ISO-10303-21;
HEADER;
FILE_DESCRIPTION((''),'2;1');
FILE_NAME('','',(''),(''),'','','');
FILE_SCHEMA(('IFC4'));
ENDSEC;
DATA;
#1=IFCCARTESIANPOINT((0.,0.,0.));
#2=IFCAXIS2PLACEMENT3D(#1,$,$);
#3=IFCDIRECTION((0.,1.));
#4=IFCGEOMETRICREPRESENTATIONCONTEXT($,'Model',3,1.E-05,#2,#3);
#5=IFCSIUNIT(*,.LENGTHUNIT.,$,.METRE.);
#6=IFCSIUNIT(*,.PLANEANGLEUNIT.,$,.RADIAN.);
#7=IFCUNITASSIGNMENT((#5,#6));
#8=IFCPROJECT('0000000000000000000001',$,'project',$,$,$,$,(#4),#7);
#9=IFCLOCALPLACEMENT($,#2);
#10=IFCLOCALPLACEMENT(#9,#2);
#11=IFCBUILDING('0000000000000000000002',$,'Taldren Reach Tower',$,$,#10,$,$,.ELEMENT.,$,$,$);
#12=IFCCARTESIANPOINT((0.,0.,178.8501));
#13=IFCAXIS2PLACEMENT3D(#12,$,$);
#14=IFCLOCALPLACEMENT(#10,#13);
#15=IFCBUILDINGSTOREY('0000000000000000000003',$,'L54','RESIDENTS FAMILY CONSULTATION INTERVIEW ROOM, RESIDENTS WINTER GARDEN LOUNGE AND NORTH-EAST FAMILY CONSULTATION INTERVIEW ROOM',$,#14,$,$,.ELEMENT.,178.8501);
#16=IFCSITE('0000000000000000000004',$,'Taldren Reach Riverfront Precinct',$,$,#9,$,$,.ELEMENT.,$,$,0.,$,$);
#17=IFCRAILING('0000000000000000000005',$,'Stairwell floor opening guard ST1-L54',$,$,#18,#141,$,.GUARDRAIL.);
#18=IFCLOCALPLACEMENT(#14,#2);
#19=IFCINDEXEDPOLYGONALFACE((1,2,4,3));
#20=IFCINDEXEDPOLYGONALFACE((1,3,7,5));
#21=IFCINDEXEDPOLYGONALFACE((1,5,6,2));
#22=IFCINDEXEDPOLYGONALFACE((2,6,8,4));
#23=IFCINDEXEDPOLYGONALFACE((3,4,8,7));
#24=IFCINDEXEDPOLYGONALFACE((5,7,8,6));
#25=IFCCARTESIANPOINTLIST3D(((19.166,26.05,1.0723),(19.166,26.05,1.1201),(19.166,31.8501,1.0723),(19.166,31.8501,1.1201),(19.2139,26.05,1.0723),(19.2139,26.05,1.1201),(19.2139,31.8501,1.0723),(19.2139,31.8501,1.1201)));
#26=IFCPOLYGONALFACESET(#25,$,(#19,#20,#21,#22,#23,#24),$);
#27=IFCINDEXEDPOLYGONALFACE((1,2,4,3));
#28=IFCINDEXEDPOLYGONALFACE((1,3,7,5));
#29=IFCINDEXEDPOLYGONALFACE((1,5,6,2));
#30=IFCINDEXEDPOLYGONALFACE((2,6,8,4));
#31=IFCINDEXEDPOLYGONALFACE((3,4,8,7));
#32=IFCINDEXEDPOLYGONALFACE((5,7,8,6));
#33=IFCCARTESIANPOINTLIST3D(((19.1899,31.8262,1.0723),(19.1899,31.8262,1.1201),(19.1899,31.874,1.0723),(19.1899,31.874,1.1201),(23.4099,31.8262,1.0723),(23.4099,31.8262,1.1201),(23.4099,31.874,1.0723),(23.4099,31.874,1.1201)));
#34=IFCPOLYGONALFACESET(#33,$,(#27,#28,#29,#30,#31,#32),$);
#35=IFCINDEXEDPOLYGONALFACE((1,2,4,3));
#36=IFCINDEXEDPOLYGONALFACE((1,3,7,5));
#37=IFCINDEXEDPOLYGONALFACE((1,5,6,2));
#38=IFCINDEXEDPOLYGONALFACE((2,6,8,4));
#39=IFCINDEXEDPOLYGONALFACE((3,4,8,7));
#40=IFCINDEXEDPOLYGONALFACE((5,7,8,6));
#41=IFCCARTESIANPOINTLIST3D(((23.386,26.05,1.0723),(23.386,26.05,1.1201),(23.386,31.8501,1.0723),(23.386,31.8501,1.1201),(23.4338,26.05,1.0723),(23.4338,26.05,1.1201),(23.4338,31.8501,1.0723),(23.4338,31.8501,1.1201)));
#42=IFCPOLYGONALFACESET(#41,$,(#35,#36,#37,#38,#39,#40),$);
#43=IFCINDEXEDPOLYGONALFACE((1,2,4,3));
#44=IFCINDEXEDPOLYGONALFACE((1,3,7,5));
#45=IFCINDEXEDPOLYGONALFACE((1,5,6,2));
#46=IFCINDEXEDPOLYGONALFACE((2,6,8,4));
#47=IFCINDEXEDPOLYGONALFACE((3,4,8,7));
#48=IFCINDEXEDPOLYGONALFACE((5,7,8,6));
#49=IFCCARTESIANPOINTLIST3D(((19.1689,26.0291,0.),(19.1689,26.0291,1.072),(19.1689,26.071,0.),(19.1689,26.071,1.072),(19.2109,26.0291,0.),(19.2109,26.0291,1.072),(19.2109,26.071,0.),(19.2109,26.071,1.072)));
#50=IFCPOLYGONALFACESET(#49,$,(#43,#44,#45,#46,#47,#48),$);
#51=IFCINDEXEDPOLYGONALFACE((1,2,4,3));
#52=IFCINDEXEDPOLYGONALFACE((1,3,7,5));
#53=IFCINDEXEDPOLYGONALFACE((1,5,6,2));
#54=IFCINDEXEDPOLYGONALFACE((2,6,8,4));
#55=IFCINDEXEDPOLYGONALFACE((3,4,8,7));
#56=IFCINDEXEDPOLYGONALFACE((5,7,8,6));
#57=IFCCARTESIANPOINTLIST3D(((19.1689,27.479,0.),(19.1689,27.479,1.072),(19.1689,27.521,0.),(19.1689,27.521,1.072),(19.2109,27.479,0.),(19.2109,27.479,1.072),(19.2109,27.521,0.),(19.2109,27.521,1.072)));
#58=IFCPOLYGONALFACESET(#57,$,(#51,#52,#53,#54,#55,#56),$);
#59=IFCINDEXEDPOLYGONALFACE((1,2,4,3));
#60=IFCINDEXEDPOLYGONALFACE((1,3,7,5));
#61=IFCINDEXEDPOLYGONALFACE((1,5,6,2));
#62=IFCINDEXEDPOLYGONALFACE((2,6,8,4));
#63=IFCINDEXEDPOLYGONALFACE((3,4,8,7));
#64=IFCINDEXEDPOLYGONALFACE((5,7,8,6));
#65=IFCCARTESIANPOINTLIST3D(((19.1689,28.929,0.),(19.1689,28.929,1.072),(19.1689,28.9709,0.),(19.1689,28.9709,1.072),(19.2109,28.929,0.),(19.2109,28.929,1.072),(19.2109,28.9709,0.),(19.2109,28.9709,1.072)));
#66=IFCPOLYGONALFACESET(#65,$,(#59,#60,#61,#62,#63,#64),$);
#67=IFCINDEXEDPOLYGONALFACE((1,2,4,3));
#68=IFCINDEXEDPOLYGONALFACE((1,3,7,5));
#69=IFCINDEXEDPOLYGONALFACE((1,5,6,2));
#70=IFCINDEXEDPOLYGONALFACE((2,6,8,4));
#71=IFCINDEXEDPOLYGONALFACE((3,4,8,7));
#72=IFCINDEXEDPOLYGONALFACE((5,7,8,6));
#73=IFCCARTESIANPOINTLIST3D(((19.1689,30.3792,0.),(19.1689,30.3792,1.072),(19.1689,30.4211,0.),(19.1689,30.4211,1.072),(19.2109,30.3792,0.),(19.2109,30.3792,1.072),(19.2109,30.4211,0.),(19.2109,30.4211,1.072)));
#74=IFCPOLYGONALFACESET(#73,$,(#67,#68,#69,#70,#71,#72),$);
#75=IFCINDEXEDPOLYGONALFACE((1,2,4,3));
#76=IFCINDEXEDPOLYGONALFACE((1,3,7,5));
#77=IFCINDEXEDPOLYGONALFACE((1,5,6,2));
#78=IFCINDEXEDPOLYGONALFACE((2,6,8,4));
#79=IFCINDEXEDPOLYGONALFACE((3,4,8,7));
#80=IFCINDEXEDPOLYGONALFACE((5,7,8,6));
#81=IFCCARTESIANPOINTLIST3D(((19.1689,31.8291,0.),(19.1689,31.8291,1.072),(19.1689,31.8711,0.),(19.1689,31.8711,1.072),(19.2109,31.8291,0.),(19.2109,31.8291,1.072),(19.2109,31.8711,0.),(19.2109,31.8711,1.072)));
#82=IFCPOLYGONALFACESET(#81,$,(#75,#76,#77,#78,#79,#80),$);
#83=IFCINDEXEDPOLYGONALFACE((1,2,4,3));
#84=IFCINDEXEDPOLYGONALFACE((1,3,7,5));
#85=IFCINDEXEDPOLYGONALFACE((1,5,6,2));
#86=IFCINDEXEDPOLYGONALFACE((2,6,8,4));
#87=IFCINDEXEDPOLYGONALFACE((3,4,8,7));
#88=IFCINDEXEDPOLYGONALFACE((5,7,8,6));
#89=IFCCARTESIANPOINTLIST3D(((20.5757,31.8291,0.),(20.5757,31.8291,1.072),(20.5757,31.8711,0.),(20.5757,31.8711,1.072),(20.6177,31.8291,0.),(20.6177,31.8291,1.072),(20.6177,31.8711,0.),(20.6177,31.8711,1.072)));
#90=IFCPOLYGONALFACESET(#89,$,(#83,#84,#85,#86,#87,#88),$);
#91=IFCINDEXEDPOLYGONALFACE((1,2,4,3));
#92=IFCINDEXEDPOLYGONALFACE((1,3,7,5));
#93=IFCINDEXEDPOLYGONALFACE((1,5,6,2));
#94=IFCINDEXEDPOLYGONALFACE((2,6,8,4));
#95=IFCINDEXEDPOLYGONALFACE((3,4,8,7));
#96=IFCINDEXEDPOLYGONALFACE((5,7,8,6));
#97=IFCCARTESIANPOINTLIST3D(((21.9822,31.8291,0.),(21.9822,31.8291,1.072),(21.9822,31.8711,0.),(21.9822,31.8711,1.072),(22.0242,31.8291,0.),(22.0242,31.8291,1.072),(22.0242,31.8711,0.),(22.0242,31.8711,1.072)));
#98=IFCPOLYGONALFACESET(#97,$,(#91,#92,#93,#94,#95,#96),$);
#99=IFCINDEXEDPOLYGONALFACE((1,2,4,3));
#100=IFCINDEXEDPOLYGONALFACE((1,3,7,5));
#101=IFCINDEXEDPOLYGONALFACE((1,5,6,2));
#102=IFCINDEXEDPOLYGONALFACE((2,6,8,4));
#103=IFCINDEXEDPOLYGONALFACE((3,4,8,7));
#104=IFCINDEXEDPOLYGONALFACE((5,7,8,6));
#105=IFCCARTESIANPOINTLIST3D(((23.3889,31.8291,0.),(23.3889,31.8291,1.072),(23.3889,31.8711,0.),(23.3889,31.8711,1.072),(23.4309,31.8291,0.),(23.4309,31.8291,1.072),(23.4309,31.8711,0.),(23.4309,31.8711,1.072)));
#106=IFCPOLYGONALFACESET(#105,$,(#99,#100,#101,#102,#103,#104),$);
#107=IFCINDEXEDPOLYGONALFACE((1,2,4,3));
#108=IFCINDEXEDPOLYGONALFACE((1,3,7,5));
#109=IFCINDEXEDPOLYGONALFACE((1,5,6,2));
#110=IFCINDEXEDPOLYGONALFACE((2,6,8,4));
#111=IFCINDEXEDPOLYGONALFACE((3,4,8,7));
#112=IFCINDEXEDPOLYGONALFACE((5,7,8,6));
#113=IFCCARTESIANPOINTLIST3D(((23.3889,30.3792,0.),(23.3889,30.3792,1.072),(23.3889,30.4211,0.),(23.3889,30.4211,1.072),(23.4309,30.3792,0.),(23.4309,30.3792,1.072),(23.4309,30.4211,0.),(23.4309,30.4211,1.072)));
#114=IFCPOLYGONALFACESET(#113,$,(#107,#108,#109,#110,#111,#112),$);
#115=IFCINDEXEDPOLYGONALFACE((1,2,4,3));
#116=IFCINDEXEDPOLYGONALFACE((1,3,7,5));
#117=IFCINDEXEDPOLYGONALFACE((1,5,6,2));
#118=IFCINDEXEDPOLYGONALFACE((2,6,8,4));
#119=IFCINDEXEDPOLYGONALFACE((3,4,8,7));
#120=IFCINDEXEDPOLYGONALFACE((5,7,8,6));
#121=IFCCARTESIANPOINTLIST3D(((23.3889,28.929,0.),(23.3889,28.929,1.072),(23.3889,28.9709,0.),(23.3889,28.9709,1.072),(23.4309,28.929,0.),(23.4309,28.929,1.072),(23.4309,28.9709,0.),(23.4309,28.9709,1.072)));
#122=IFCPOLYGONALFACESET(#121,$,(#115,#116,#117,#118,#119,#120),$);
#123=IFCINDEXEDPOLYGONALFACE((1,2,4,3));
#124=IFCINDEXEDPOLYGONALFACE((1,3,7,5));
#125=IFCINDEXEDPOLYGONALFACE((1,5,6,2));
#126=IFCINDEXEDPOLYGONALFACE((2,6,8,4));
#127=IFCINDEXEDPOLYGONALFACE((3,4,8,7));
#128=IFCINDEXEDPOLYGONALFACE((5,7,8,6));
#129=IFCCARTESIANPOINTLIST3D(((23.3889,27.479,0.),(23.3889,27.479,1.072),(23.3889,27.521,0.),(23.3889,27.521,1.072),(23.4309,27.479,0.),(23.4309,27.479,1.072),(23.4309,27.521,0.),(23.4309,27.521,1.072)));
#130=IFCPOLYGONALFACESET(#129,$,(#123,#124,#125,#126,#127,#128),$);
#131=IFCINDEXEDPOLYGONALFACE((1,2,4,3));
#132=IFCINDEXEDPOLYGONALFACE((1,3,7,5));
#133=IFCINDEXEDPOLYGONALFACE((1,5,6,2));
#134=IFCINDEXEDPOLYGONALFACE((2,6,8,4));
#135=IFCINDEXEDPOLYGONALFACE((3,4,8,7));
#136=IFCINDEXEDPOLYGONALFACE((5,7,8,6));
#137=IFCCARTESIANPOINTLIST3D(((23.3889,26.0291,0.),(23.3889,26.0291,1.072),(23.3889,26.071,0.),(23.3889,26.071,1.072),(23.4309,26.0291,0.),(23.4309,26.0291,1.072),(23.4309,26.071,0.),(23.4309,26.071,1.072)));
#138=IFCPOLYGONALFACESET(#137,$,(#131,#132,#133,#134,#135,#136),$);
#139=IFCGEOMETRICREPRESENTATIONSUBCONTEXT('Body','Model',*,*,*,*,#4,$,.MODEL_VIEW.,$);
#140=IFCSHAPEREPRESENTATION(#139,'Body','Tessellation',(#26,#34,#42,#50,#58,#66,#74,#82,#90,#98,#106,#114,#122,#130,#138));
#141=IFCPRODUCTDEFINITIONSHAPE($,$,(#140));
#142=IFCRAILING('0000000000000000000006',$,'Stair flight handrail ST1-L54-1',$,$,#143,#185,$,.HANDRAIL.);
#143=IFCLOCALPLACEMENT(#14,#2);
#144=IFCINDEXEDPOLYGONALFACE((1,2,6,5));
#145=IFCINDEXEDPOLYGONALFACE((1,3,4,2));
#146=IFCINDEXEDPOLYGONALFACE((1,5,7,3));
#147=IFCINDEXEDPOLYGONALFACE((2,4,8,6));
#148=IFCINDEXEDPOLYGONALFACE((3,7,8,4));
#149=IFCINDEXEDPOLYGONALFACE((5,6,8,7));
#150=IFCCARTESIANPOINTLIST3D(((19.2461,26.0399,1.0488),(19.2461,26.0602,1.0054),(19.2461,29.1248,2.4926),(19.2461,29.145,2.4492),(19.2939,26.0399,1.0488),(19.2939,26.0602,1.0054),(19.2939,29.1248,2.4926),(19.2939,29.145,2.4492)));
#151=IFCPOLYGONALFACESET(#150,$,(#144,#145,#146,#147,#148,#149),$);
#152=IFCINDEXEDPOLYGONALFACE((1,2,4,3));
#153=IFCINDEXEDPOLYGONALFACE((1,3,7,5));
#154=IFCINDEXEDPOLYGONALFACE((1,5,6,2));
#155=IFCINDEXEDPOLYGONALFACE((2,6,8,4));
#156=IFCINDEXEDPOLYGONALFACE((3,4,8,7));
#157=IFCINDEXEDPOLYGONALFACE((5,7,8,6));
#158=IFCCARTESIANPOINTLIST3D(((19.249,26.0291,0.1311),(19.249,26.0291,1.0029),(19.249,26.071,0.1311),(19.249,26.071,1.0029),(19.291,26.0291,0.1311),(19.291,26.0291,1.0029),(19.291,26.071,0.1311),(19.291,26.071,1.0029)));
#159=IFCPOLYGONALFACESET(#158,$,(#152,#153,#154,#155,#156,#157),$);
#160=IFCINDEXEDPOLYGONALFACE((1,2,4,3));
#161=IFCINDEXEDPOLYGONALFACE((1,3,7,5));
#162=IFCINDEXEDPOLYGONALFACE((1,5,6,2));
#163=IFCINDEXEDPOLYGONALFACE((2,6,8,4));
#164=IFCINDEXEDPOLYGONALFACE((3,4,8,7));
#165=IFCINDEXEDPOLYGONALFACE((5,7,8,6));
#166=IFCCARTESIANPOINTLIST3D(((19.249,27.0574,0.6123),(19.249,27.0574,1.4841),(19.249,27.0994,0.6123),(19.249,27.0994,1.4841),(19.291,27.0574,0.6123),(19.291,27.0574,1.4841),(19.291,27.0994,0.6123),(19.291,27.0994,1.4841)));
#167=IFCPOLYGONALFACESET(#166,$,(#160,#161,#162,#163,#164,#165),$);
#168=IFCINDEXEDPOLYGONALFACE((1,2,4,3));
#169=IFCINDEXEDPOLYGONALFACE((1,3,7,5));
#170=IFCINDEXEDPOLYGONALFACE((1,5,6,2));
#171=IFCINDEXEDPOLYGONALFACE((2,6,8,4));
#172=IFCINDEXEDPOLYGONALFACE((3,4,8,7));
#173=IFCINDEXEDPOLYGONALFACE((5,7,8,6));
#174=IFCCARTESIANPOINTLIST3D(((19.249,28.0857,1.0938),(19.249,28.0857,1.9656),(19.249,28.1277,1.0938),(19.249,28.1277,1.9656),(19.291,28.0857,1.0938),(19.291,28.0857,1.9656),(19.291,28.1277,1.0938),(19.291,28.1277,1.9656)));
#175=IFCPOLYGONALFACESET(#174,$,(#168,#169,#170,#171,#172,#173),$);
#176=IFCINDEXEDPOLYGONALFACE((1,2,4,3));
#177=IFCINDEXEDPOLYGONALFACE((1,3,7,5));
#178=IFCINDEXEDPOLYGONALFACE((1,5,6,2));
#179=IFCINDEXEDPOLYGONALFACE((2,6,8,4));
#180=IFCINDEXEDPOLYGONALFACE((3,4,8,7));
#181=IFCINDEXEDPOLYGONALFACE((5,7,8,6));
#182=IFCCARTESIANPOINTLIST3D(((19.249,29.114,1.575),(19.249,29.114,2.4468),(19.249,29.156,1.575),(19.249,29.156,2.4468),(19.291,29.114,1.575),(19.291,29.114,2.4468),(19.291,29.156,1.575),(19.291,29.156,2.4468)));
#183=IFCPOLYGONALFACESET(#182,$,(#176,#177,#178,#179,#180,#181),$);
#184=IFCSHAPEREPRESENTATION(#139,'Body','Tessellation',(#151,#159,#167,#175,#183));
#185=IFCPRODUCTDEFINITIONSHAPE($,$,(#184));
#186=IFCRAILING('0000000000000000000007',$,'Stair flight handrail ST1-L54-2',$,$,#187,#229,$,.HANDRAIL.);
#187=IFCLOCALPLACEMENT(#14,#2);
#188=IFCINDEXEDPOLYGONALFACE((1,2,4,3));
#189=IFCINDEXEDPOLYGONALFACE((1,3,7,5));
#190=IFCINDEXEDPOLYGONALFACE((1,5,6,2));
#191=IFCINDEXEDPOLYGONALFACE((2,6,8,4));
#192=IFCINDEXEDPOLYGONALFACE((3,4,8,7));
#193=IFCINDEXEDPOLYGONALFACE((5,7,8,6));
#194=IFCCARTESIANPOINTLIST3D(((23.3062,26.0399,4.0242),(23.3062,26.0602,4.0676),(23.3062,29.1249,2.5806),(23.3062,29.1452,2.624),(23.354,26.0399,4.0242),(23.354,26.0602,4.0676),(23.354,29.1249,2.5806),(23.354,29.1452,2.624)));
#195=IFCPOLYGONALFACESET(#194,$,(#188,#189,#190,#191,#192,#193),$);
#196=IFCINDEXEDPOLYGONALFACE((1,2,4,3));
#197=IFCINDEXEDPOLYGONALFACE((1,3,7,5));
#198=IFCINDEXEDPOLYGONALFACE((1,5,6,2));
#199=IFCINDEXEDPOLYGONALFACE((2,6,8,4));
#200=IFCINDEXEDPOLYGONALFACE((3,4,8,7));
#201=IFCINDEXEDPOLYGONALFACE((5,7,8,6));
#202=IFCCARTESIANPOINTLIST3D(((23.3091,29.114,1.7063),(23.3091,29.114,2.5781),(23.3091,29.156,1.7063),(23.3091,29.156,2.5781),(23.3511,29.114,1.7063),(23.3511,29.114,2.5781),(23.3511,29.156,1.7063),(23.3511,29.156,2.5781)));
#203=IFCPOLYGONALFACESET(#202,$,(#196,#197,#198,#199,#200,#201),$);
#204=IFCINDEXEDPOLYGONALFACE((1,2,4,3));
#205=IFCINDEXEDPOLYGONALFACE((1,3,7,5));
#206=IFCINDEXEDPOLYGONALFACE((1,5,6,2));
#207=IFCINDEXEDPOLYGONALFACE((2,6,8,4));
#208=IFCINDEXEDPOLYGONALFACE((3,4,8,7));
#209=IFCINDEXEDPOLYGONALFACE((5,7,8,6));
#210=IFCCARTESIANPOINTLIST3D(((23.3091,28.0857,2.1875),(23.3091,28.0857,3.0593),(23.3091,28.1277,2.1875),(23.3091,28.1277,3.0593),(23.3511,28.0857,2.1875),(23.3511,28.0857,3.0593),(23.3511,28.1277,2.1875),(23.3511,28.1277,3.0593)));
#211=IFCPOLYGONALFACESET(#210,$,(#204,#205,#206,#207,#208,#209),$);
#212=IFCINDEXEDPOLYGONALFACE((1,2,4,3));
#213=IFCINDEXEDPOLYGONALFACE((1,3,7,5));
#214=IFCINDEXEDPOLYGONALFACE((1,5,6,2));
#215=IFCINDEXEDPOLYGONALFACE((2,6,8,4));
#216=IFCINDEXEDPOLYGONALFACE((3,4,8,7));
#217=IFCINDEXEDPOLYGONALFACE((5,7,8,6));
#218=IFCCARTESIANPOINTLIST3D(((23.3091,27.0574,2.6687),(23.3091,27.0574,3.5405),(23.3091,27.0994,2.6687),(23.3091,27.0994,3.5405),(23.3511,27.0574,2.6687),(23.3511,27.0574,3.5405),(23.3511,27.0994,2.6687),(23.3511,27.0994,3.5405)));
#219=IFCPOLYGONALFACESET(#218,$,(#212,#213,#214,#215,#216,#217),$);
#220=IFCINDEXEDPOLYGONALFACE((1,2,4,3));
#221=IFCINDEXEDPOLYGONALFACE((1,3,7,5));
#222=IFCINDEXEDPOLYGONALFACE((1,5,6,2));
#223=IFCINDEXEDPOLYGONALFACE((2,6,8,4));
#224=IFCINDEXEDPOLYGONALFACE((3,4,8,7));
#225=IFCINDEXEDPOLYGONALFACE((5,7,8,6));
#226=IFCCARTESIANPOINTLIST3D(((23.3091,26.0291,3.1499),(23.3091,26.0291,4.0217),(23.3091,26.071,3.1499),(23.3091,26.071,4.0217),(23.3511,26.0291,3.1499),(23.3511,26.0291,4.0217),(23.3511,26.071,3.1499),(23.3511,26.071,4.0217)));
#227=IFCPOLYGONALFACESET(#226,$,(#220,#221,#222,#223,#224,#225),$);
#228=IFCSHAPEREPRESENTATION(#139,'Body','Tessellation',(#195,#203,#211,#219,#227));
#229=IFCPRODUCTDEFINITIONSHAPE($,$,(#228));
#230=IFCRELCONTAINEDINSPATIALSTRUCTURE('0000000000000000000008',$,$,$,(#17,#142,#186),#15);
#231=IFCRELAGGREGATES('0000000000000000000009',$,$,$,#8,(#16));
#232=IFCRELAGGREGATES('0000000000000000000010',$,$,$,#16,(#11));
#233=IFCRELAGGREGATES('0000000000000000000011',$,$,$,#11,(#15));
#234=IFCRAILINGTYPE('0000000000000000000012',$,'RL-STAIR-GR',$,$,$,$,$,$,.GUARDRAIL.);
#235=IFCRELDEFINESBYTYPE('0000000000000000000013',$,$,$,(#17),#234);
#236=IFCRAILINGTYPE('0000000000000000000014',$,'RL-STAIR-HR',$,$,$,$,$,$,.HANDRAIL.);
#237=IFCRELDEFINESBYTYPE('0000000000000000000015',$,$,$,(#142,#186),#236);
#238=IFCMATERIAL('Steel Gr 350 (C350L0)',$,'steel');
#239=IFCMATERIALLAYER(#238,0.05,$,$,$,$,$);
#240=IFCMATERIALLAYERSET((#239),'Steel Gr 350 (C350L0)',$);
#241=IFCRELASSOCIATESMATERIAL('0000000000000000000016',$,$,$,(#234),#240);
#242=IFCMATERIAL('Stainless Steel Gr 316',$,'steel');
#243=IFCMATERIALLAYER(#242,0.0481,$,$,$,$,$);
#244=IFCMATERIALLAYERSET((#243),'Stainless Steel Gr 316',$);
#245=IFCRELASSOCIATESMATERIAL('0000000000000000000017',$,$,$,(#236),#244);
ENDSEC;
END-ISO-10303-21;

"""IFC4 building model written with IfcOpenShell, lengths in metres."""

from ifc_helpers import new_model, si_unit, direction, frame, origin, origin_2d, place, context, subcontext, project, spatial, rectangle, extrude, material, layer, layer_set, type_object, element, save


model = new_model("IFC4")

# Units and contexts
model_context = context("Model", 3, precision=1e-05, world=origin(), true_north=direction((0.0, 1.0)))
body_context = subcontext(model_context, "Body", "Model", "MODEL_VIEW")
ifc_project = project(units=[si_unit("LENGTHUNIT", "METRE"), si_unit("PLANEANGLEUNIT", "RADIAN")], contexts=[model_context])

# Site, building, storey
site_placement = place(None, origin())
site = spatial("IfcSite", under=ifc_project, at=site_placement, Name="Taldren Reach Riverfront Precinct", CompositionType="ELEMENT", RefElevation=0.0)
building_placement = place(site_placement, origin())
building = spatial("IfcBuilding", under=site, at=building_placement, Name="Taldren Reach Tower", CompositionType="ELEMENT")
storey_placement = place(building_placement, frame((0.0, 0.0, 178.8501)))
storey = spatial("IfcBuildingStorey", under=building, at=storey_placement, Name="L54", Description="RESIDENTS FAMILY CONSULTATION INTERVIEW ROOM, RESIDENTS WINTER GARDEN LOUNGE AND NORTH-EAST FAMILY CONSULTATION INTERVIEW ROOM", CompositionType="ELEMENT", Elevation=178.8501)

# Shared definitions
ifc_material_1 = material(Name="Steel Gr 350 (C350L0)", Category="steel")

# Railings
ifc_layer_1 = layer(ifc_material_1, 0.05)
ifc_layer_set_1 = layer_set([ifc_layer_1], Name="Steel Gr 350 (C350L0)")
railing_type_1 = type_object("IfcRailingType", Name="RL-STAIR-GR", PredefinedType="GUARDRAIL", material=ifc_layer_set_1)
railing_1_placement = place(storey_placement, frame((19.1899, 26.05, 0.0)))
element("IfcRailing", 1, at=railing_1_placement, inside=storey, type_object=railing_type_1, Name="Stairwell floor opening guard ST1-L54", PredefinedType="GUARDRAIL", context=body_context, shape_type="SweptSolid", body=[
    extrude(rectangle(XDim=0.0479, YDim=0.0479, at=origin_2d()), frame((0.0, 0.0, 1.0962), z_axis=(0.0, 1.0, 0.0), x_axis=(-1.0, 0.0, 0.0)), (0.0, 0.0, 1.0), 5.8),
    extrude(rectangle(XDim=0.0479, YDim=0.0479, at=origin_2d()), frame((0.0, 5.8, 1.0962), z_axis=(1.0, 0.0, 0.0), x_axis=(0.0, 1.0, 0.0)), (0.0, 0.0, 1.0), 4.22),
    extrude(rectangle(XDim=0.0479, YDim=0.0479, at=origin_2d()), frame((4.22, 5.8, 1.0962), z_axis=(0.0, -1.0, 0.0), x_axis=(1.0, 0.0, 0.0)), (0.0, 0.0, 1.0), 5.8),
    extrude(rectangle(XDim=0.042, YDim=0.042, at=origin_2d()), origin(), (0.0, 0.0, 1.0), 1.072),
    extrude(rectangle(XDim=0.042, YDim=0.042, at=origin_2d()), frame((0.0, 1.45, 0.0)), (0.0, 0.0, 1.0), 1.072),
    extrude(rectangle(XDim=0.042, YDim=0.042, at=origin_2d()), frame((0.0, 2.8999, 0.0)), (0.0, 0.0, 1.0), 1.072),
    extrude(rectangle(XDim=0.042, YDim=0.042, at=origin_2d()), frame((0.0, 4.3501, 0.0)), (0.0, 0.0, 1.0), 1.072),
    extrude(rectangle(XDim=0.042, YDim=0.042, at=origin_2d()), frame((0.0, 5.8, 0.0)), (0.0, 0.0, 1.0), 1.072),
    extrude(rectangle(XDim=0.042, YDim=0.042, at=origin_2d()), frame((1.4067, 5.8, 0.0)), (0.0, 0.0, 1.0), 1.072),
    extrude(rectangle(XDim=0.042, YDim=0.042, at=origin_2d()), frame((2.8132, 5.8, 0.0)), (0.0, 0.0, 1.0), 1.072),
    extrude(rectangle(XDim=0.042, YDim=0.042, at=origin_2d()), frame((4.22, 5.8, 0.0)), (0.0, 0.0, 1.0), 1.072),
    extrude(rectangle(XDim=0.042, YDim=0.042, at=origin_2d()), frame((4.22, 4.3501, 0.0)), (0.0, 0.0, 1.0), 1.072),
    extrude(rectangle(XDim=0.042, YDim=0.042, at=origin_2d()), frame((4.22, 2.8999, 0.0)), (0.0, 0.0, 1.0), 1.072),
    extrude(rectangle(XDim=0.042, YDim=0.042, at=origin_2d()), frame((4.22, 1.45, 0.0)), (0.0, 0.0, 1.0), 1.072),
    extrude(rectangle(XDim=0.042, YDim=0.042, at=origin_2d()), frame((4.22, 0.0, 0.0)), (0.0, 0.0, 1.0), 1.072),
])
ifc_material_2 = material(Name="Stainless Steel Gr 316", Category="steel")
ifc_layer_2 = layer(ifc_material_2, 0.0481)
ifc_layer_set_2 = layer_set([ifc_layer_2], Name="Stainless Steel Gr 316")
railing_type_2 = type_object("IfcRailingType", Name="RL-STAIR-HR", PredefinedType="HANDRAIL", material=ifc_layer_set_2)
railing_2_placement = place(storey_placement, frame((19.27, 26.05, 0.1311)))
element("IfcRailing", 2, at=railing_2_placement, inside=storey, type_object=railing_type_2, Name="Stair flight handrail ST1-L54-1", PredefinedType="HANDRAIL", context=body_context, shape_type="SweptSolid", body=[
    extrude(rectangle(XDim=0.0479, YDim=0.0479, at=origin_2d()), frame((0.0, 0.0, 0.896), z_axis=(0.0, 0.90571, 0.423898), x_axis=(-1.0, 0.0, 0.0)), (0.0, 0.0, 1.0), 3.406),
    extrude(rectangle(XDim=0.042, YDim=0.042, at=origin_2d()), origin(), (0.0, 0.0, 1.0), 0.8718),
    extrude(rectangle(XDim=0.042, YDim=0.042, at=origin_2d()), frame((0.0, 1.0283, 0.4812)), (0.0, 0.0, 1.0), 0.8718),
    extrude(rectangle(XDim=0.042, YDim=0.042, at=origin_2d()), frame((0.0, 2.0566, 0.9626)), (0.0, 0.0, 1.0), 0.8718),
    extrude(rectangle(XDim=0.042, YDim=0.042, at=origin_2d()), frame((0.0, 3.085, 1.4438)), (0.0, 0.0, 1.0), 0.8718),
])
railing_3_placement = place(storey_placement, frame((23.3301, 29.135, 1.7063)))
element("IfcRailing", 3, at=railing_3_placement, inside=storey, type_object=railing_type_2, Name="Stair flight handrail ST1-L54-2", PredefinedType="HANDRAIL", context=body_context, shape_type="SweptSolid", body=[
    extrude(rectangle(XDim=0.0479, YDim=0.0479, at=origin_2d()), frame((0.0, 0.0, 0.896), z_axis=(0.0, -0.905738, 0.423839), x_axis=(1.0, 0.0, 0.0)), (0.0, 0.0, 1.0), 3.406),
    extrude(rectangle(XDim=0.042, YDim=0.042, at=origin_2d()), origin(), (0.0, 0.0, 1.0), 0.8718),
    extrude(rectangle(XDim=0.042, YDim=0.042, at=origin_2d()), frame((0.0, -1.0283, 0.4812)), (0.0, 0.0, 1.0), 0.8718),
    extrude(rectangle(XDim=0.042, YDim=0.042, at=origin_2d()), frame((0.0, -2.0566, 0.9624)), (0.0, 0.0, 1.0), 0.8718),
    extrude(rectangle(XDim=0.042, YDim=0.042, at=origin_2d()), frame((0.0, -3.085, 1.4436)), (0.0, 0.0, 1.0), 0.8718),
])

save(model, "model.ifc")
